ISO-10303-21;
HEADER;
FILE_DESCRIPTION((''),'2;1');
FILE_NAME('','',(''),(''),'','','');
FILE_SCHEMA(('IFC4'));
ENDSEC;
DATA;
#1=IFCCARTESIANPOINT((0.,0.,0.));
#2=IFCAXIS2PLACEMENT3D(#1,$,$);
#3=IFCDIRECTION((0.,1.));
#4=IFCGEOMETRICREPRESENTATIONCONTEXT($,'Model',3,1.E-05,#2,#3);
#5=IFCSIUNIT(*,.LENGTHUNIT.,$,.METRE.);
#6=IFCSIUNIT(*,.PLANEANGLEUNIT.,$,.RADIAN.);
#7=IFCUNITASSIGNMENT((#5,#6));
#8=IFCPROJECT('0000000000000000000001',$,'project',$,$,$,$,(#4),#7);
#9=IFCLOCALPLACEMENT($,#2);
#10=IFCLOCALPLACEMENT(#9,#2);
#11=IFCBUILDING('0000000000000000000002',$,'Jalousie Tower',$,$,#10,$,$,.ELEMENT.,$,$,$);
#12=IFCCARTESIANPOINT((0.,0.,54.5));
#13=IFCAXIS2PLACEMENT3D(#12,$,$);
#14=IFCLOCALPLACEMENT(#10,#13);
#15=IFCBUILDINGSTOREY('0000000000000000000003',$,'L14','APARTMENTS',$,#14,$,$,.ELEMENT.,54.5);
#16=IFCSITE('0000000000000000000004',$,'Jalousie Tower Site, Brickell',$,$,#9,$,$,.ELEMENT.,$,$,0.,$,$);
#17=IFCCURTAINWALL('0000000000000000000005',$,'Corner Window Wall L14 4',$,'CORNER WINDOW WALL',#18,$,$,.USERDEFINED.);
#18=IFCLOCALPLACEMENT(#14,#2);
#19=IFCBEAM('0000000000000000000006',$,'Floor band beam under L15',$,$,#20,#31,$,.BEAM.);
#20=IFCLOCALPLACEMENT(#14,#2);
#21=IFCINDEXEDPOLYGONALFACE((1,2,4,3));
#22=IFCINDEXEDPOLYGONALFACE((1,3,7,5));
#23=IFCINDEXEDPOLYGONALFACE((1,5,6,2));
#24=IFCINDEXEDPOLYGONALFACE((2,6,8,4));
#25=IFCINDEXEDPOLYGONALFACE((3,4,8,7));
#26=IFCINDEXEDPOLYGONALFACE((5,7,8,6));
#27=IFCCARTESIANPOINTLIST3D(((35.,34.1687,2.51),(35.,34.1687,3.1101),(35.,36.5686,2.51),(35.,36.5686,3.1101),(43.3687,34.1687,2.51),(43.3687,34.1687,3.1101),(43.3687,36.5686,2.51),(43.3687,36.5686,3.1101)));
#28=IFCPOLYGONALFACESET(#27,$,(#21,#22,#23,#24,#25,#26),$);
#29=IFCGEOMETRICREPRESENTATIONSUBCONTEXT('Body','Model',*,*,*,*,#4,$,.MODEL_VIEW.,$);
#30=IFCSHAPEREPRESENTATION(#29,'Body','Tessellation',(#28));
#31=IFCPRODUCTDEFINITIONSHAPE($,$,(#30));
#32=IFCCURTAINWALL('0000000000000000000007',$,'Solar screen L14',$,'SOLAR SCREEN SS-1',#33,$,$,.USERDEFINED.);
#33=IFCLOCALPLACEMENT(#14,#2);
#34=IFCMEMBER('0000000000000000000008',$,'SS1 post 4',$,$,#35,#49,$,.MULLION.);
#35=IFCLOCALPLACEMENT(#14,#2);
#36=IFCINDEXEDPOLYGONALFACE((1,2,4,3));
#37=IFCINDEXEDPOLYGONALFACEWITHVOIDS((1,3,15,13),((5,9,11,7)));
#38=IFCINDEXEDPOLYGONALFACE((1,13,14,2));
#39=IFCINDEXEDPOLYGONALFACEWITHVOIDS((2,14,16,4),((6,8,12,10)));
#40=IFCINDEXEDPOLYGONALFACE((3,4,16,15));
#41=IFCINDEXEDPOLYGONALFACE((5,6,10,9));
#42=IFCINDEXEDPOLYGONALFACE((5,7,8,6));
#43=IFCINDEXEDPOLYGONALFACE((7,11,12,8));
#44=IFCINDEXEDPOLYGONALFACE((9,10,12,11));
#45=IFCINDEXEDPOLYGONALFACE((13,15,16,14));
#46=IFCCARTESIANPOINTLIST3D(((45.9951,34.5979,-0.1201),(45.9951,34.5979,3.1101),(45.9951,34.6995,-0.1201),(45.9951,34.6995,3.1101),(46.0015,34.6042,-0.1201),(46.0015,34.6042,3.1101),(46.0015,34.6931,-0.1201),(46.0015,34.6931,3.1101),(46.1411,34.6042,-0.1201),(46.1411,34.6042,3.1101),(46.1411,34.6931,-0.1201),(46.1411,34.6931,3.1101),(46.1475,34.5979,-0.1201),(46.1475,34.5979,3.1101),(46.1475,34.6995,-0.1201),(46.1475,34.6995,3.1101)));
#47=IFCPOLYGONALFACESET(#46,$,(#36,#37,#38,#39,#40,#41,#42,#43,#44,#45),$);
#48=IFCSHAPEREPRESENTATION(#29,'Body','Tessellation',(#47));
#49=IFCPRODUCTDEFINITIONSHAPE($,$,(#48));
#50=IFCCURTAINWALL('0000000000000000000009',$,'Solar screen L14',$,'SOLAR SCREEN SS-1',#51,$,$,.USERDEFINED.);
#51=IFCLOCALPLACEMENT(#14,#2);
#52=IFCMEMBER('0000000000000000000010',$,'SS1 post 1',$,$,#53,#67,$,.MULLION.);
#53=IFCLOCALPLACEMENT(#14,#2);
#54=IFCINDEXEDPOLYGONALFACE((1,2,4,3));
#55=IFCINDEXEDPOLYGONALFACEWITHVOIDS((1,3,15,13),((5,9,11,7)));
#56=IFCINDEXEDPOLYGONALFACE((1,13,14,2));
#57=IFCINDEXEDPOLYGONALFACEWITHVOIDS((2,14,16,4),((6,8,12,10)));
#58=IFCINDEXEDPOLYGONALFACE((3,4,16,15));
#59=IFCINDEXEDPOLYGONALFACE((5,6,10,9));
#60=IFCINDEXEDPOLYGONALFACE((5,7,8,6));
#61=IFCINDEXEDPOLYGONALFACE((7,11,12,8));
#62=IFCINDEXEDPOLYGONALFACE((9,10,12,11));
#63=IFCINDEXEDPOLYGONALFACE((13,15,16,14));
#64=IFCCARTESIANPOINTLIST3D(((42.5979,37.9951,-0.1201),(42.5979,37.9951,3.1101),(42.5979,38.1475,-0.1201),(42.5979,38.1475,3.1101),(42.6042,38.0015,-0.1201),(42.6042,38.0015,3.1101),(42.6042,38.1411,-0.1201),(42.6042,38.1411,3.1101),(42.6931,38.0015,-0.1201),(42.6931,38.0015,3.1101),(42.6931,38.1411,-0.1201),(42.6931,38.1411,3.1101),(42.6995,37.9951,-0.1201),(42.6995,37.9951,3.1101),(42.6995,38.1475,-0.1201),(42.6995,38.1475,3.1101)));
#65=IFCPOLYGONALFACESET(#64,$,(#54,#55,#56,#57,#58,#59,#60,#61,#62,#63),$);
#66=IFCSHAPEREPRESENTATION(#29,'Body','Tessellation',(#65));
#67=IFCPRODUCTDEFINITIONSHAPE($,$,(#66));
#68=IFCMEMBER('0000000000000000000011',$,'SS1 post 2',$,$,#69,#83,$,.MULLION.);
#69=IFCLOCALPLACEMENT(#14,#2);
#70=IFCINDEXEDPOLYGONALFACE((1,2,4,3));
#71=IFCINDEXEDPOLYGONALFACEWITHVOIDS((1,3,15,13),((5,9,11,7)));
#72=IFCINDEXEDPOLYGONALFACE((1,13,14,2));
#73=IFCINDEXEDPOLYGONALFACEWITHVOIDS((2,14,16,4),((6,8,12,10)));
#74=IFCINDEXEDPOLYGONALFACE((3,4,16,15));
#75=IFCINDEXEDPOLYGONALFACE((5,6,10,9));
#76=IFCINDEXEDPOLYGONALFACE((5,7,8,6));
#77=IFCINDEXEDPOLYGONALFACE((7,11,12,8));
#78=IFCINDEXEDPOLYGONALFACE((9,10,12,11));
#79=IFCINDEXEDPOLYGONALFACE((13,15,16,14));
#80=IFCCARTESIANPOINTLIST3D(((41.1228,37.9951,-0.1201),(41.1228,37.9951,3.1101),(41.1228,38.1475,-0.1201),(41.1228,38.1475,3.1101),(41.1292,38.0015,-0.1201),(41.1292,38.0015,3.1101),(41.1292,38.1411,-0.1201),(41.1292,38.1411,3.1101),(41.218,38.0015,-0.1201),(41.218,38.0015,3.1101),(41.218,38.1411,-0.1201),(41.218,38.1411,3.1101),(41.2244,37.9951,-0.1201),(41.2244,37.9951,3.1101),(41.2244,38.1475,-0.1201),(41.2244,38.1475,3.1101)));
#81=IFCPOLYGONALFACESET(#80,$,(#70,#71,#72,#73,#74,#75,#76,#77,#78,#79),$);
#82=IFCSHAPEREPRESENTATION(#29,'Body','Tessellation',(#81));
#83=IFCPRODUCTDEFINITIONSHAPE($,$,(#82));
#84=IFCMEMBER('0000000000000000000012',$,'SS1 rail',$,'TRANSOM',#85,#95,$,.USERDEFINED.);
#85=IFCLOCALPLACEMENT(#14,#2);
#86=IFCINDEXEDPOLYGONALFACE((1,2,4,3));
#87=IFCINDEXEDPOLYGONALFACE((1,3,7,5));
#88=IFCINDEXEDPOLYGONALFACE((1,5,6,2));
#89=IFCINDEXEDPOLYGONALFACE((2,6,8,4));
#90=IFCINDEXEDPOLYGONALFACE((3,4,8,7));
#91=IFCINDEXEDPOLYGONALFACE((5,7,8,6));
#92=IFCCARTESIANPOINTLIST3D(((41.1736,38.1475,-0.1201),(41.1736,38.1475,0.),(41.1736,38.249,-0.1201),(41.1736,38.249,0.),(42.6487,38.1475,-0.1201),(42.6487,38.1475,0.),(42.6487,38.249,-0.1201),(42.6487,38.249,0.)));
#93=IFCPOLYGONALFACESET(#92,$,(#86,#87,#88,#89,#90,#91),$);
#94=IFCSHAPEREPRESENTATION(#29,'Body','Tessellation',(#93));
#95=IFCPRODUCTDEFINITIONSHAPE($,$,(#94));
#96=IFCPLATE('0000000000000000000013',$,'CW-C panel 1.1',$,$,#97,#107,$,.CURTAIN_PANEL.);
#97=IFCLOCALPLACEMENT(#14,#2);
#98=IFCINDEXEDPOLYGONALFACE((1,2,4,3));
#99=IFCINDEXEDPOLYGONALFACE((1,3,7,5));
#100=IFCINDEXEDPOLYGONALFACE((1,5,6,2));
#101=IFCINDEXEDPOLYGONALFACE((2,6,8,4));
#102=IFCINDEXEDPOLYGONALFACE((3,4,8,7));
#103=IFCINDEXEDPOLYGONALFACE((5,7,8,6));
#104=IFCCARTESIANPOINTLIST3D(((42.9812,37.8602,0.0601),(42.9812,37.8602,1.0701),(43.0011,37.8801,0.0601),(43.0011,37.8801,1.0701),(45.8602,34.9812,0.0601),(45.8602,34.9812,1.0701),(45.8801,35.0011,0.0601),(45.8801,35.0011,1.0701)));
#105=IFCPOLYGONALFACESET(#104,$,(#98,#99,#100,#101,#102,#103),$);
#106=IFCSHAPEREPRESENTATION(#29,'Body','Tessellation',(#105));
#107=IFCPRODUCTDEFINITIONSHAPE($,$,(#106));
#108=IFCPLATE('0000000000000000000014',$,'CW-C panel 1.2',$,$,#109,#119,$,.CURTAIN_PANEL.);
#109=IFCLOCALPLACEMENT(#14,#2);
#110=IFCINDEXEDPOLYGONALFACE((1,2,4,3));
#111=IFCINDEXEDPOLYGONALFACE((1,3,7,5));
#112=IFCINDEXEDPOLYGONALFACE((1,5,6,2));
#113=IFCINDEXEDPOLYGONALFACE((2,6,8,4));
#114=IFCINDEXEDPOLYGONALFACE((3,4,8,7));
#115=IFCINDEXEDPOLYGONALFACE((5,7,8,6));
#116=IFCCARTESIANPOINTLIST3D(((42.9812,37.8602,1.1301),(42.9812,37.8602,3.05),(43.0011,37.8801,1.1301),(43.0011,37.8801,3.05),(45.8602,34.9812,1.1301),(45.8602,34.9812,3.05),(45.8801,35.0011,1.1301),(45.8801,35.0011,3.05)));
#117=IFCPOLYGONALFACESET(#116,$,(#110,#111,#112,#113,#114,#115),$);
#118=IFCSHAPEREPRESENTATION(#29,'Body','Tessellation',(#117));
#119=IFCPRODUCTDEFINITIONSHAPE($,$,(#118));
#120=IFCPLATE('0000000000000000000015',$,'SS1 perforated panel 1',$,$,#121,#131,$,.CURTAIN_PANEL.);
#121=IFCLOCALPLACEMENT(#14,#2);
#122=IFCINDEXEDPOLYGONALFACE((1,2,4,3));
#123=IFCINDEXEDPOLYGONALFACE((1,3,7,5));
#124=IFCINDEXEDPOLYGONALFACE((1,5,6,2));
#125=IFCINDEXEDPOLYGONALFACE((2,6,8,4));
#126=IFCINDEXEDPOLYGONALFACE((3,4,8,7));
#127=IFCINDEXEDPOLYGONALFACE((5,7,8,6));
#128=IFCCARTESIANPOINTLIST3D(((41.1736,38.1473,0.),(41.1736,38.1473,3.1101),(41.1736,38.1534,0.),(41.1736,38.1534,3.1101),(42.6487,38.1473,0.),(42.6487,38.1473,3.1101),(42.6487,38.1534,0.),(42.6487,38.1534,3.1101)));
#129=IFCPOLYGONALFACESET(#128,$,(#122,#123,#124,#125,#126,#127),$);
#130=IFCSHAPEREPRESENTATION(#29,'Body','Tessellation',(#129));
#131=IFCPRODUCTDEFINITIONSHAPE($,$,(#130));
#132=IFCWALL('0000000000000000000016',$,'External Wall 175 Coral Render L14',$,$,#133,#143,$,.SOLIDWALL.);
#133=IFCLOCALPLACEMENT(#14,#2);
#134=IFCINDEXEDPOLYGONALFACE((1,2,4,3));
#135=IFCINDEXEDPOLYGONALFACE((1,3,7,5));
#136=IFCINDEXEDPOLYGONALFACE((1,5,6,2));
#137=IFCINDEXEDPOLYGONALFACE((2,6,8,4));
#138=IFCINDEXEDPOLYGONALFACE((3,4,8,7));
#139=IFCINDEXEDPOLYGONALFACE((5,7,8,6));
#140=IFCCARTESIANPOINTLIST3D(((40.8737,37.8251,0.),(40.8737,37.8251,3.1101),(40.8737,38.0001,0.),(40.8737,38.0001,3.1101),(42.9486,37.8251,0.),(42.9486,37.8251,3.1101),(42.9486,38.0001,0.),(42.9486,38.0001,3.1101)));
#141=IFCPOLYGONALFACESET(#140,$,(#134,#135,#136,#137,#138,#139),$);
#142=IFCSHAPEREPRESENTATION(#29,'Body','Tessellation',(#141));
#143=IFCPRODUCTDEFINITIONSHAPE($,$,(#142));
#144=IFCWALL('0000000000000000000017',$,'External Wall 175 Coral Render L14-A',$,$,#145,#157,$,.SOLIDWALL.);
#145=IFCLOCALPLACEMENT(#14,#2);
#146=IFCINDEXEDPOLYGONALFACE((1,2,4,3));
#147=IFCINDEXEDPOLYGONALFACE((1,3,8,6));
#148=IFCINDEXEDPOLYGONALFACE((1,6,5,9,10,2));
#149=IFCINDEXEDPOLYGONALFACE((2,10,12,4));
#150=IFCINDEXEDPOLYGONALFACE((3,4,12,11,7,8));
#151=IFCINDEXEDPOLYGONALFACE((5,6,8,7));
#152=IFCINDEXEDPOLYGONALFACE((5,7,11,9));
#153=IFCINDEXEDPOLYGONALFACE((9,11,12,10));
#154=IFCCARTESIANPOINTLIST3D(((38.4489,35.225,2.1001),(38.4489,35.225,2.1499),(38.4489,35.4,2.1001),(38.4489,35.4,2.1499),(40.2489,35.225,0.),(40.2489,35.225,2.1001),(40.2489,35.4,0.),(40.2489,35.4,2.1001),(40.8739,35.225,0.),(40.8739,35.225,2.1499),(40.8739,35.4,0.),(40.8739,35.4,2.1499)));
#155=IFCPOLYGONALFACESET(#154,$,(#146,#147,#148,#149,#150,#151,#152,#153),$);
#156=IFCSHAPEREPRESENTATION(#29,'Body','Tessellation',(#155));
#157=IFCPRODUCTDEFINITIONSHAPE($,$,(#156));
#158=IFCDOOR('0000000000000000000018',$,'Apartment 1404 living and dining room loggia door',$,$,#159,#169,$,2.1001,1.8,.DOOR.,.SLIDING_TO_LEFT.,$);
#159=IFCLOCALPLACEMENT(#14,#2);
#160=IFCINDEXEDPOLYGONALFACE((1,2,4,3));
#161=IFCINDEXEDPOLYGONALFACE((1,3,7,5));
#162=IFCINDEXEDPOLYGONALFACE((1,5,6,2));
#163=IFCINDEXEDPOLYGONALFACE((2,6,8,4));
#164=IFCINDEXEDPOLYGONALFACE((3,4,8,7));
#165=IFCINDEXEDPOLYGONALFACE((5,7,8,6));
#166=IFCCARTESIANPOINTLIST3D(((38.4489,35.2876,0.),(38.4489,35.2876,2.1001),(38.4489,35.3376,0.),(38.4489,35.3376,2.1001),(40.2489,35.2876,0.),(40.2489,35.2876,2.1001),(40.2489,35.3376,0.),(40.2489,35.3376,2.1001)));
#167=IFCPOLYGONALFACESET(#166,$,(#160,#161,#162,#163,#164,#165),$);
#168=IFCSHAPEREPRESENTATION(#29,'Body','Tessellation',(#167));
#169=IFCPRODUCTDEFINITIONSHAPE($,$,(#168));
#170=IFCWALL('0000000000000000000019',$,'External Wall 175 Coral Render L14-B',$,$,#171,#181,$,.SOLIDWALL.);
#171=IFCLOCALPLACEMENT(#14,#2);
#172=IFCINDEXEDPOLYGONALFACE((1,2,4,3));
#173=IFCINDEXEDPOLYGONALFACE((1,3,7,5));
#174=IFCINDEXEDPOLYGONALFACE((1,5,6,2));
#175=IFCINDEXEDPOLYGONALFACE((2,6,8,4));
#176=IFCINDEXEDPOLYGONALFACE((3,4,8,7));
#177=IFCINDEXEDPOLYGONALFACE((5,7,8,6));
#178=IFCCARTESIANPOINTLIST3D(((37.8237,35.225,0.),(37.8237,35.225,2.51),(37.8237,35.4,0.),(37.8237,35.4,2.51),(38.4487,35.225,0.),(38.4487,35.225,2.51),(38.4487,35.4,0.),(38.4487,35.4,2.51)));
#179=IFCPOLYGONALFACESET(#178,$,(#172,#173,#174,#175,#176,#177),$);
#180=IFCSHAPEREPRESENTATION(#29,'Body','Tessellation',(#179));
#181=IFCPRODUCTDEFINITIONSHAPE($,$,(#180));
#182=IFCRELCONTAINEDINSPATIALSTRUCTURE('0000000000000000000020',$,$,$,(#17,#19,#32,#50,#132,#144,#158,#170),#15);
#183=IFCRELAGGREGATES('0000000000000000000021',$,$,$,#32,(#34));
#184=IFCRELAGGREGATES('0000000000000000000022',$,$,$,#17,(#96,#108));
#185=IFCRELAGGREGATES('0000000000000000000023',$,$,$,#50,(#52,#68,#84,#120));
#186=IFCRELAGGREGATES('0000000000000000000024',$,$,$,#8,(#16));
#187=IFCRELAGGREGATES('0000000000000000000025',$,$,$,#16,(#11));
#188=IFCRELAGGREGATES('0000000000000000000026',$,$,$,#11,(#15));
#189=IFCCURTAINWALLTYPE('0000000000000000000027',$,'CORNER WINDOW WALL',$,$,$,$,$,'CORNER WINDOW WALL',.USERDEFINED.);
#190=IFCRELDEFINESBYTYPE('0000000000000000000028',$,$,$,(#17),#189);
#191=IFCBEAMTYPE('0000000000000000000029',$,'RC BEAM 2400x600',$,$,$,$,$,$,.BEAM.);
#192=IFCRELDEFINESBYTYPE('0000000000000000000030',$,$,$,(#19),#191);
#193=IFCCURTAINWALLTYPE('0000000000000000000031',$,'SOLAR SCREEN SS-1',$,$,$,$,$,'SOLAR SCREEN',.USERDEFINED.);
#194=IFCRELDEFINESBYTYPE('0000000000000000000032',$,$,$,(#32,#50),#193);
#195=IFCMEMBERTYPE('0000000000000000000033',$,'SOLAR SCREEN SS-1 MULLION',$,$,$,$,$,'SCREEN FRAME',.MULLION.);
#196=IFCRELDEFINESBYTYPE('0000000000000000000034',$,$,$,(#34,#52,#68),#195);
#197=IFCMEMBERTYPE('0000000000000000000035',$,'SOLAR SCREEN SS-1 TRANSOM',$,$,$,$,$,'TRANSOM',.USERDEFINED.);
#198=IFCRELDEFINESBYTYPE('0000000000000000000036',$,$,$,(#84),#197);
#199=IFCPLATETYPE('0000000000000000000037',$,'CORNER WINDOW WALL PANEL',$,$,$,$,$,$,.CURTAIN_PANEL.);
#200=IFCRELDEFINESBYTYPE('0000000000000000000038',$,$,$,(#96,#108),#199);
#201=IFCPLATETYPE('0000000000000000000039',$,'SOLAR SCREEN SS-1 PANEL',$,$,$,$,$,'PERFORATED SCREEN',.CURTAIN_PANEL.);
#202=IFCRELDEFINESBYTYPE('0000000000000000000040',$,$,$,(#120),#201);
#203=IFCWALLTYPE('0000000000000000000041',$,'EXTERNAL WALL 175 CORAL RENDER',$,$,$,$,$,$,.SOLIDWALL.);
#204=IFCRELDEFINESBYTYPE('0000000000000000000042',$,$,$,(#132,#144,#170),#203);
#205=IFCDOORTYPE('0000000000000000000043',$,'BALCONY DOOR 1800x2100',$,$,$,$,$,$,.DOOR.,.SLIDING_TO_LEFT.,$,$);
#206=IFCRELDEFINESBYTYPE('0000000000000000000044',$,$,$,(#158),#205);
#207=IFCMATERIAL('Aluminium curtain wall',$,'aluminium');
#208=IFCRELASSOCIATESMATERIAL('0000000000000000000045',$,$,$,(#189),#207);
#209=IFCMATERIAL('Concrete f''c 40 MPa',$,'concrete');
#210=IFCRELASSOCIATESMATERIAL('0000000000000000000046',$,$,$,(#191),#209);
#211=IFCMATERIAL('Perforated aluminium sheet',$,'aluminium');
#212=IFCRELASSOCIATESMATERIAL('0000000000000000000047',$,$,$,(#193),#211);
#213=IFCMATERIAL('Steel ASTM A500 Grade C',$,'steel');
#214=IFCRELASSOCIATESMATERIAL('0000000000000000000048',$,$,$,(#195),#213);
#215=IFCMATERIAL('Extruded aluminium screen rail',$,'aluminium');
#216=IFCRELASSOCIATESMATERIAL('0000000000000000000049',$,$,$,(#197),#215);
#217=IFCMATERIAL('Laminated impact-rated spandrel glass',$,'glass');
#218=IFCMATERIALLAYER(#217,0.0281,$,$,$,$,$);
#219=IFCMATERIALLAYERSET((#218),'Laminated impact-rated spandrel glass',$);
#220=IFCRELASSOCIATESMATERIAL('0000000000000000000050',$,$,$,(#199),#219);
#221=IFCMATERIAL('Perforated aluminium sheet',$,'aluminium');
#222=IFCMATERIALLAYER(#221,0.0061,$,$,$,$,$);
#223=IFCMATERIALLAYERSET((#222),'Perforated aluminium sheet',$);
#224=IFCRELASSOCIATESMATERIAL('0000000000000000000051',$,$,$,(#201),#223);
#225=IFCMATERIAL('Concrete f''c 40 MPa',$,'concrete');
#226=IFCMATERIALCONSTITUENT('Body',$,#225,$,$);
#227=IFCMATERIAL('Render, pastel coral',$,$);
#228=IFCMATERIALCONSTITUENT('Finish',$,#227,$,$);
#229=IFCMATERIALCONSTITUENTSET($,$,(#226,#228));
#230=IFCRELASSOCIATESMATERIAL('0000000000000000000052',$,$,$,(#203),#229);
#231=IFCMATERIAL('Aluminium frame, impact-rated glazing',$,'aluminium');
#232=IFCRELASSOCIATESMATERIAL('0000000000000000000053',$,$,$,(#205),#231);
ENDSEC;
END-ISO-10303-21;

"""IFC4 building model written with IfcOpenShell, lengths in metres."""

from ifc_helpers import new_model, si_unit, direction, frame, frame_2d, origin, origin_2d, place, context, subcontext, project, spatial, rectangle, hollow_rectangle, extrude, material, layer, layer_set, constituent, constituent_set, material_profile, profile_set, type_object, element, fill, aggregate, save


model = new_model("IFC4")

# Units and contexts
model_context = context("Model", 3, precision=1e-05, world=origin(), true_north=direction((0.0, 1.0)))
body_context = subcontext(model_context, "Body", "Model", "MODEL_VIEW")
ifc_project = project(units=[si_unit("LENGTHUNIT", "METRE"), si_unit("PLANEANGLEUNIT", "RADIAN")], contexts=[model_context])

# Site, building, storey
site_placement = place(None, origin())
site = spatial("IfcSite", under=ifc_project, at=site_placement, Name="Jalousie Tower Site, Brickell", CompositionType="ELEMENT", RefElevation=0.0)
building_placement = place(site_placement, origin())
building = spatial("IfcBuilding", under=site, at=building_placement, Name="Jalousie Tower", CompositionType="ELEMENT")
storey_placement = place(building_placement, frame((0.0, 0.0, 54.5)))
storey = spatial("IfcBuildingStorey", under=building, at=storey_placement, Name="L14", Description="APARTMENTS", CompositionType="ELEMENT", Elevation=54.5)

# Curtain wall
ifc_material_1 = material(Name="Aluminium curtain wall", Category="aluminium")
curtain_wall_type_1 = type_object("IfcCurtainWallType", Name="CORNER WINDOW WALL", ElementType="CORNER WINDOW WALL", PredefinedType="USERDEFINED", material=ifc_material_1)
curtain_wall_1_placement = place(storey_placement, origin())
curtain_wall_1 = element("IfcCurtainWall", 1, at=curtain_wall_1_placement, inside=storey, type_object=curtain_wall_type_1, Name="Corner Window Wall L14 4", ObjectType="CORNER WINDOW WALL", PredefinedType="USERDEFINED")

# Beam
ifc_material_2 = material(Name="Concrete f'c 40 MPa", Category="concrete")
ifc_material_profile_1 = material_profile(ifc_material_2, rectangle(XDim=2.3999, YDim=0.6001, at=origin_2d()), Name="RC 2400x600")
ifc_profile_set_1 = profile_set([ifc_material_profile_1], Name="Concrete f'c 40 MPa")
beam_type_1 = type_object("IfcBeamType", Name="RC BEAM 2400x600", PredefinedType="BEAM", material=ifc_profile_set_1)
beam_1_placement = place(storey_placement, frame((43.3687, 35.3687, 2.8101), z_axis=(-1.0, 0.0, 0.0), x_axis=(0.0, -1.0, 0.0)))
element("IfcBeam", 2, at=beam_1_placement, inside=storey, type_object=beam_type_1, Name="Floor band beam under L15", PredefinedType="BEAM", context=body_context, shape_type="SweptSolid", body=[
    extrude(rectangle(XDim=2.3999, YDim=0.6001, at=origin_2d()), origin(), (0.0, 0.0, 1.0), 8.3687),
])

# Curtain wall, member
ifc_material_3 = material(Name="Perforated aluminium sheet", Category="aluminium")
curtain_wall_type_2 = type_object("IfcCurtainWallType", Name="SOLAR SCREEN SS-1", ElementType="SOLAR SCREEN", PredefinedType="USERDEFINED", material=ifc_material_3)
curtain_wall_2_placement = place(storey_placement, origin())
curtain_wall_2 = element("IfcCurtainWall", 3, at=curtain_wall_2_placement, inside=storey, type_object=curtain_wall_type_2, Name="Solar screen L14", ObjectType="SOLAR SCREEN SS-1", PredefinedType="USERDEFINED")
ifc_material_4 = material(Name="Steel ASTM A500 Grade C", Category="steel")
ifc_material_profile_2 = material_profile(ifc_material_4, hollow_rectangle(XDim=0.1016, YDim=0.1523, WallThickness=0.0063, at=origin_2d()), Name="HSS6X4X1/4")
ifc_profile_set_2 = profile_set([ifc_material_profile_2], Name="Steel ASTM A500 Grade C")
member_type_1 = type_object("IfcMemberType", Name="SOLAR SCREEN SS-1 MULLION", ElementType="SCREEN FRAME", PredefinedType="MULLION", material=ifc_profile_set_2)
member_1_placement = place(storey_placement, frame((46.0713, 34.6487, -0.1201), z_axis=(0.0, 0.0, 1.0), x_axis=(0.0, 1.0, 0.0)))
member_1 = element("IfcMember", 4, at=member_1_placement, type_object=member_type_1, Name="SS1 post 4", PredefinedType="MULLION", context=body_context, shape_type="SweptSolid", body=[
    extrude(hollow_rectangle(XDim=0.1016, YDim=0.1523, WallThickness=0.0063, at=origin_2d()), origin(), (0.0, 0.0, 1.0), 3.2302),
])
aggregate(curtain_wall_2, [member_1])

# Curtain wall, members
curtain_wall_3_placement = place(storey_placement, origin())
curtain_wall_3 = element("IfcCurtainWall", 5, at=curtain_wall_3_placement, inside=storey, type_object=curtain_wall_type_2, Name="Solar screen L14", ObjectType="SOLAR SCREEN SS-1", PredefinedType="USERDEFINED")
member_2_placement = place(storey_placement, frame((42.6487, 38.0713, -0.1201), z_axis=(0.0, 0.0, 1.0), x_axis=(-1.0, 0.0, 0.0)))
member_2 = element("IfcMember", 6, at=member_2_placement, type_object=member_type_1, Name="SS1 post 1", PredefinedType="MULLION", context=body_context, shape_type="SweptSolid", body=[
    extrude(hollow_rectangle(XDim=0.1016, YDim=0.1523, WallThickness=0.0063, at=origin_2d()), origin(), (0.0, 0.0, 1.0), 3.2302),
])
member_3_placement = place(storey_placement, frame((41.1736, 38.0713, -0.1201), z_axis=(0.0, 0.0, 1.0), x_axis=(-1.0, 0.0, 0.0)))
member_3 = element("IfcMember", 7, at=member_3_placement, type_object=member_type_1, Name="SS1 post 2", PredefinedType="MULLION", context=body_context, shape_type="SweptSolid", body=[
    extrude(hollow_rectangle(XDim=0.1016, YDim=0.1523, WallThickness=0.0063, at=origin_2d()), origin(), (0.0, 0.0, 1.0), 3.2302),
])
ifc_material_5 = material(Name="Extruded aluminium screen rail", Category="aluminium")
ifc_material_profile_3 = material_profile(ifc_material_5, rectangle(XDim=0.1016, YDim=0.1201, at=origin_2d()), Name="RAIL 102x120")
ifc_profile_set_3 = profile_set([ifc_material_profile_3], Name="Extruded aluminium screen rail")
member_type_2 = type_object("IfcMemberType", Name="SOLAR SCREEN SS-1 TRANSOM", ElementType="TRANSOM", PredefinedType="USERDEFINED", material=ifc_profile_set_3)
member_4_placement = place(storey_placement, frame((42.6487, 38.1982, -0.0601), z_axis=(-1.0, 0.0, 0.0), x_axis=(0.0, -1.0, 0.0)))
member_4 = element("IfcMember", 8, at=member_4_placement, type_object=member_type_2, Name="SS1 rail", ObjectType="TRANSOM", PredefinedType="USERDEFINED", context=body_context, shape_type="SweptSolid", body=[
    extrude(rectangle(XDim=0.1016, YDim=0.1201, at=origin_2d()), origin(), (0.0, 0.0, 1.0), 1.4751),
])

# Plates
ifc_material_6 = material(Name="Laminated impact-rated spandrel glass", Category="glass")
ifc_layer_1 = layer(ifc_material_6, 0.0281)
ifc_layer_set_1 = layer_set([ifc_layer_1], Name="Laminated impact-rated spandrel glass")
plate_type_1 = type_object("IfcPlateType", Name="CORNER WINDOW WALL PANEL", PredefinedType="CURTAIN_PANEL", material=ifc_layer_set_1)
plate_1_placement = place(storey_placement, frame((44.4307, 36.4307, 0.0601), z_axis=(0.0, 0.0, 1.0), x_axis=(-0.707107, 0.707107, 0.0)))
plate_1 = element("IfcPlate", 9, at=plate_1_placement, type_object=plate_type_1, Name="CW-C panel 1.1", PredefinedType="CURTAIN_PANEL", context=body_context, shape_type="SweptSolid", body=[
    extrude(rectangle(XDim=4.0715, YDim=0.0281, at=origin_2d()), origin(), (0.0, 0.0, 1.0), 1.01),
])
plate_2_placement = place(storey_placement, frame((44.4307, 36.4307, 1.1301), z_axis=(0.0, 0.0, 1.0), x_axis=(-0.707107, 0.707107, 0.0)))
plate_2 = element("IfcPlate", 10, at=plate_2_placement, type_object=plate_type_1, Name="CW-C panel 1.2", PredefinedType="CURTAIN_PANEL", context=body_context, shape_type="SweptSolid", body=[
    extrude(rectangle(XDim=4.0715, YDim=0.0281, at=origin_2d()), origin(), (0.0, 0.0, 1.0), 1.9199),
])
aggregate(curtain_wall_1, [plate_1, plate_2])
ifc_material_7 = material(Name="Perforated aluminium sheet", Category="aluminium")
ifc_layer_2 = layer(ifc_material_7, 0.0061)
ifc_layer_set_2 = layer_set([ifc_layer_2], Name="Perforated aluminium sheet")
plate_type_2 = type_object("IfcPlateType", Name="SOLAR SCREEN SS-1 PANEL", ElementType="PERFORATED SCREEN", PredefinedType="CURTAIN_PANEL", material=ifc_layer_set_2)
plate_3_placement = place(storey_placement, frame((41.9111, 38.1504, 0.0), z_axis=(0.0, 0.0, 1.0), x_axis=(-1.0, 0.0, 0.0)))
plate_3 = element("IfcPlate", 11, at=plate_3_placement, type_object=plate_type_2, Name="SS1 perforated panel 1", PredefinedType="CURTAIN_PANEL", context=body_context, shape_type="SweptSolid", body=[
    extrude(rectangle(XDim=1.4751, YDim=0.0061, at=origin_2d()), origin(), (0.0, 0.0, 1.0), 3.1101),
])
aggregate(curtain_wall_3, [member_2, member_3, member_4, plate_3])

# Wall
ifc_material_8 = material(Name="Concrete f'c 40 MPa", Category="concrete")
ifc_constituent_1 = constituent(ifc_material_8, Name="Body")
ifc_material_9 = material(Name="Render, pastel coral")
ifc_constituent_2 = constituent(ifc_material_9, Name="Finish")
ifc_constituent_set_1 = constituent_set(constituents=[ifc_constituent_1, ifc_constituent_2])
wall_type_1 = type_object("IfcWallType", Name="EXTERNAL WALL 175 CORAL RENDER", PredefinedType="SOLIDWALL", material=ifc_constituent_set_1)
wall_1_placement = place(storey_placement, frame((42.9487, 37.9126, 0.0), z_axis=(0.0, 0.0, 1.0), x_axis=(-1.0, 0.0, 0.0)))
element("IfcWall", 12, at=wall_1_placement, inside=storey, type_object=wall_type_1, Name="External Wall 175 Coral Render L14", PredefinedType="SOLIDWALL", context=body_context, shape_type="SweptSolid", body=[
    extrude(rectangle(XDim=2.075, YDim=0.175, at=frame_2d((1.0376, 0.0))), origin(), (0.0, 0.0, 1.0), 3.1101),
])

# Wall, opening, door
wall_2_placement = place(storey_placement, frame((40.8738, 35.3125, 0.0), z_axis=(0.0, 0.0, 1.0), x_axis=(-1.0, 0.0, 0.0)))
wall_2 = element("IfcWall", 13, at=wall_2_placement, inside=storey, type_object=wall_type_1, Name="External Wall 175 Coral Render L14-A", PredefinedType="SOLIDWALL", context=body_context, shape_type="SweptSolid", body=[
    extrude(rectangle(XDim=2.425, YDim=0.175, at=frame_2d((1.2124, 0.0))), origin(), (0.0, 0.0, 1.0), 2.1499),
])
opening_1_placement = place(wall_2_placement, frame((0.625, 0.0, 0.0)))
opening_1 = element("IfcOpeningElement", 14, at=opening_1_placement, cuts=wall_2, PredefinedType="OPENING", context=body_context, shape_type="SweptSolid", body=[
    extrude(rectangle(XDim=1.8, YDim=2.1001, at=frame_2d((0.8999, 1.05))), frame((0.0, 0.0974, 0.0), z_axis=(0.0, -1.0, 0.0), x_axis=(1.0, 0.0, 0.0)), (0.0, 0.0, 1.0), 0.1951),
])
ifc_material_10 = material(Name="Aluminium frame, impact-rated glazing", Category="aluminium")
door_type_1 = type_object("IfcDoorType", Name="BALCONY DOOR 1800x2100", OperationType="SLIDING_TO_LEFT", PredefinedType="DOOR", material=ifc_material_10)
door_1_placement = place(opening_1_placement, origin())
door_1 = element("IfcDoor", 15, at=door_1_placement, inside=storey, type_object=door_type_1, Name="Apartment 1404 living and dining room loggia door", OperationType="SLIDING_TO_LEFT", OverallHeight=2.1001, OverallWidth=1.8, PredefinedType="DOOR", context=body_context, shape_type="SweptSolid", body=[
    extrude(rectangle(XDim=1.8, YDim=2.1001, at=frame_2d((0.8999, 1.05))), frame((0.0, 0.0249, 0.0), z_axis=(0.0, -1.0, 0.0), x_axis=(1.0, 0.0, 0.0)), (0.0, 0.0, 1.0), 0.05),
])
fill(opening_1, door_1)

# Wall
wall_3_placement = place(storey_placement, frame((38.4487, 35.3125, 0.0), z_axis=(0.0, 0.0, 1.0), x_axis=(-1.0, 0.0, 0.0)))
element("IfcWall", 16, at=wall_3_placement, inside=storey, type_object=wall_type_1, Name="External Wall 175 Coral Render L14-B", PredefinedType="SOLIDWALL", context=body_context, shape_type="SweptSolid", body=[
    extrude(rectangle(XDim=0.625, YDim=0.175, at=frame_2d((0.3125, 0.0))), origin(), (0.0, 0.0, 1.0), 2.51),
])

save(model, "model.ifc")
